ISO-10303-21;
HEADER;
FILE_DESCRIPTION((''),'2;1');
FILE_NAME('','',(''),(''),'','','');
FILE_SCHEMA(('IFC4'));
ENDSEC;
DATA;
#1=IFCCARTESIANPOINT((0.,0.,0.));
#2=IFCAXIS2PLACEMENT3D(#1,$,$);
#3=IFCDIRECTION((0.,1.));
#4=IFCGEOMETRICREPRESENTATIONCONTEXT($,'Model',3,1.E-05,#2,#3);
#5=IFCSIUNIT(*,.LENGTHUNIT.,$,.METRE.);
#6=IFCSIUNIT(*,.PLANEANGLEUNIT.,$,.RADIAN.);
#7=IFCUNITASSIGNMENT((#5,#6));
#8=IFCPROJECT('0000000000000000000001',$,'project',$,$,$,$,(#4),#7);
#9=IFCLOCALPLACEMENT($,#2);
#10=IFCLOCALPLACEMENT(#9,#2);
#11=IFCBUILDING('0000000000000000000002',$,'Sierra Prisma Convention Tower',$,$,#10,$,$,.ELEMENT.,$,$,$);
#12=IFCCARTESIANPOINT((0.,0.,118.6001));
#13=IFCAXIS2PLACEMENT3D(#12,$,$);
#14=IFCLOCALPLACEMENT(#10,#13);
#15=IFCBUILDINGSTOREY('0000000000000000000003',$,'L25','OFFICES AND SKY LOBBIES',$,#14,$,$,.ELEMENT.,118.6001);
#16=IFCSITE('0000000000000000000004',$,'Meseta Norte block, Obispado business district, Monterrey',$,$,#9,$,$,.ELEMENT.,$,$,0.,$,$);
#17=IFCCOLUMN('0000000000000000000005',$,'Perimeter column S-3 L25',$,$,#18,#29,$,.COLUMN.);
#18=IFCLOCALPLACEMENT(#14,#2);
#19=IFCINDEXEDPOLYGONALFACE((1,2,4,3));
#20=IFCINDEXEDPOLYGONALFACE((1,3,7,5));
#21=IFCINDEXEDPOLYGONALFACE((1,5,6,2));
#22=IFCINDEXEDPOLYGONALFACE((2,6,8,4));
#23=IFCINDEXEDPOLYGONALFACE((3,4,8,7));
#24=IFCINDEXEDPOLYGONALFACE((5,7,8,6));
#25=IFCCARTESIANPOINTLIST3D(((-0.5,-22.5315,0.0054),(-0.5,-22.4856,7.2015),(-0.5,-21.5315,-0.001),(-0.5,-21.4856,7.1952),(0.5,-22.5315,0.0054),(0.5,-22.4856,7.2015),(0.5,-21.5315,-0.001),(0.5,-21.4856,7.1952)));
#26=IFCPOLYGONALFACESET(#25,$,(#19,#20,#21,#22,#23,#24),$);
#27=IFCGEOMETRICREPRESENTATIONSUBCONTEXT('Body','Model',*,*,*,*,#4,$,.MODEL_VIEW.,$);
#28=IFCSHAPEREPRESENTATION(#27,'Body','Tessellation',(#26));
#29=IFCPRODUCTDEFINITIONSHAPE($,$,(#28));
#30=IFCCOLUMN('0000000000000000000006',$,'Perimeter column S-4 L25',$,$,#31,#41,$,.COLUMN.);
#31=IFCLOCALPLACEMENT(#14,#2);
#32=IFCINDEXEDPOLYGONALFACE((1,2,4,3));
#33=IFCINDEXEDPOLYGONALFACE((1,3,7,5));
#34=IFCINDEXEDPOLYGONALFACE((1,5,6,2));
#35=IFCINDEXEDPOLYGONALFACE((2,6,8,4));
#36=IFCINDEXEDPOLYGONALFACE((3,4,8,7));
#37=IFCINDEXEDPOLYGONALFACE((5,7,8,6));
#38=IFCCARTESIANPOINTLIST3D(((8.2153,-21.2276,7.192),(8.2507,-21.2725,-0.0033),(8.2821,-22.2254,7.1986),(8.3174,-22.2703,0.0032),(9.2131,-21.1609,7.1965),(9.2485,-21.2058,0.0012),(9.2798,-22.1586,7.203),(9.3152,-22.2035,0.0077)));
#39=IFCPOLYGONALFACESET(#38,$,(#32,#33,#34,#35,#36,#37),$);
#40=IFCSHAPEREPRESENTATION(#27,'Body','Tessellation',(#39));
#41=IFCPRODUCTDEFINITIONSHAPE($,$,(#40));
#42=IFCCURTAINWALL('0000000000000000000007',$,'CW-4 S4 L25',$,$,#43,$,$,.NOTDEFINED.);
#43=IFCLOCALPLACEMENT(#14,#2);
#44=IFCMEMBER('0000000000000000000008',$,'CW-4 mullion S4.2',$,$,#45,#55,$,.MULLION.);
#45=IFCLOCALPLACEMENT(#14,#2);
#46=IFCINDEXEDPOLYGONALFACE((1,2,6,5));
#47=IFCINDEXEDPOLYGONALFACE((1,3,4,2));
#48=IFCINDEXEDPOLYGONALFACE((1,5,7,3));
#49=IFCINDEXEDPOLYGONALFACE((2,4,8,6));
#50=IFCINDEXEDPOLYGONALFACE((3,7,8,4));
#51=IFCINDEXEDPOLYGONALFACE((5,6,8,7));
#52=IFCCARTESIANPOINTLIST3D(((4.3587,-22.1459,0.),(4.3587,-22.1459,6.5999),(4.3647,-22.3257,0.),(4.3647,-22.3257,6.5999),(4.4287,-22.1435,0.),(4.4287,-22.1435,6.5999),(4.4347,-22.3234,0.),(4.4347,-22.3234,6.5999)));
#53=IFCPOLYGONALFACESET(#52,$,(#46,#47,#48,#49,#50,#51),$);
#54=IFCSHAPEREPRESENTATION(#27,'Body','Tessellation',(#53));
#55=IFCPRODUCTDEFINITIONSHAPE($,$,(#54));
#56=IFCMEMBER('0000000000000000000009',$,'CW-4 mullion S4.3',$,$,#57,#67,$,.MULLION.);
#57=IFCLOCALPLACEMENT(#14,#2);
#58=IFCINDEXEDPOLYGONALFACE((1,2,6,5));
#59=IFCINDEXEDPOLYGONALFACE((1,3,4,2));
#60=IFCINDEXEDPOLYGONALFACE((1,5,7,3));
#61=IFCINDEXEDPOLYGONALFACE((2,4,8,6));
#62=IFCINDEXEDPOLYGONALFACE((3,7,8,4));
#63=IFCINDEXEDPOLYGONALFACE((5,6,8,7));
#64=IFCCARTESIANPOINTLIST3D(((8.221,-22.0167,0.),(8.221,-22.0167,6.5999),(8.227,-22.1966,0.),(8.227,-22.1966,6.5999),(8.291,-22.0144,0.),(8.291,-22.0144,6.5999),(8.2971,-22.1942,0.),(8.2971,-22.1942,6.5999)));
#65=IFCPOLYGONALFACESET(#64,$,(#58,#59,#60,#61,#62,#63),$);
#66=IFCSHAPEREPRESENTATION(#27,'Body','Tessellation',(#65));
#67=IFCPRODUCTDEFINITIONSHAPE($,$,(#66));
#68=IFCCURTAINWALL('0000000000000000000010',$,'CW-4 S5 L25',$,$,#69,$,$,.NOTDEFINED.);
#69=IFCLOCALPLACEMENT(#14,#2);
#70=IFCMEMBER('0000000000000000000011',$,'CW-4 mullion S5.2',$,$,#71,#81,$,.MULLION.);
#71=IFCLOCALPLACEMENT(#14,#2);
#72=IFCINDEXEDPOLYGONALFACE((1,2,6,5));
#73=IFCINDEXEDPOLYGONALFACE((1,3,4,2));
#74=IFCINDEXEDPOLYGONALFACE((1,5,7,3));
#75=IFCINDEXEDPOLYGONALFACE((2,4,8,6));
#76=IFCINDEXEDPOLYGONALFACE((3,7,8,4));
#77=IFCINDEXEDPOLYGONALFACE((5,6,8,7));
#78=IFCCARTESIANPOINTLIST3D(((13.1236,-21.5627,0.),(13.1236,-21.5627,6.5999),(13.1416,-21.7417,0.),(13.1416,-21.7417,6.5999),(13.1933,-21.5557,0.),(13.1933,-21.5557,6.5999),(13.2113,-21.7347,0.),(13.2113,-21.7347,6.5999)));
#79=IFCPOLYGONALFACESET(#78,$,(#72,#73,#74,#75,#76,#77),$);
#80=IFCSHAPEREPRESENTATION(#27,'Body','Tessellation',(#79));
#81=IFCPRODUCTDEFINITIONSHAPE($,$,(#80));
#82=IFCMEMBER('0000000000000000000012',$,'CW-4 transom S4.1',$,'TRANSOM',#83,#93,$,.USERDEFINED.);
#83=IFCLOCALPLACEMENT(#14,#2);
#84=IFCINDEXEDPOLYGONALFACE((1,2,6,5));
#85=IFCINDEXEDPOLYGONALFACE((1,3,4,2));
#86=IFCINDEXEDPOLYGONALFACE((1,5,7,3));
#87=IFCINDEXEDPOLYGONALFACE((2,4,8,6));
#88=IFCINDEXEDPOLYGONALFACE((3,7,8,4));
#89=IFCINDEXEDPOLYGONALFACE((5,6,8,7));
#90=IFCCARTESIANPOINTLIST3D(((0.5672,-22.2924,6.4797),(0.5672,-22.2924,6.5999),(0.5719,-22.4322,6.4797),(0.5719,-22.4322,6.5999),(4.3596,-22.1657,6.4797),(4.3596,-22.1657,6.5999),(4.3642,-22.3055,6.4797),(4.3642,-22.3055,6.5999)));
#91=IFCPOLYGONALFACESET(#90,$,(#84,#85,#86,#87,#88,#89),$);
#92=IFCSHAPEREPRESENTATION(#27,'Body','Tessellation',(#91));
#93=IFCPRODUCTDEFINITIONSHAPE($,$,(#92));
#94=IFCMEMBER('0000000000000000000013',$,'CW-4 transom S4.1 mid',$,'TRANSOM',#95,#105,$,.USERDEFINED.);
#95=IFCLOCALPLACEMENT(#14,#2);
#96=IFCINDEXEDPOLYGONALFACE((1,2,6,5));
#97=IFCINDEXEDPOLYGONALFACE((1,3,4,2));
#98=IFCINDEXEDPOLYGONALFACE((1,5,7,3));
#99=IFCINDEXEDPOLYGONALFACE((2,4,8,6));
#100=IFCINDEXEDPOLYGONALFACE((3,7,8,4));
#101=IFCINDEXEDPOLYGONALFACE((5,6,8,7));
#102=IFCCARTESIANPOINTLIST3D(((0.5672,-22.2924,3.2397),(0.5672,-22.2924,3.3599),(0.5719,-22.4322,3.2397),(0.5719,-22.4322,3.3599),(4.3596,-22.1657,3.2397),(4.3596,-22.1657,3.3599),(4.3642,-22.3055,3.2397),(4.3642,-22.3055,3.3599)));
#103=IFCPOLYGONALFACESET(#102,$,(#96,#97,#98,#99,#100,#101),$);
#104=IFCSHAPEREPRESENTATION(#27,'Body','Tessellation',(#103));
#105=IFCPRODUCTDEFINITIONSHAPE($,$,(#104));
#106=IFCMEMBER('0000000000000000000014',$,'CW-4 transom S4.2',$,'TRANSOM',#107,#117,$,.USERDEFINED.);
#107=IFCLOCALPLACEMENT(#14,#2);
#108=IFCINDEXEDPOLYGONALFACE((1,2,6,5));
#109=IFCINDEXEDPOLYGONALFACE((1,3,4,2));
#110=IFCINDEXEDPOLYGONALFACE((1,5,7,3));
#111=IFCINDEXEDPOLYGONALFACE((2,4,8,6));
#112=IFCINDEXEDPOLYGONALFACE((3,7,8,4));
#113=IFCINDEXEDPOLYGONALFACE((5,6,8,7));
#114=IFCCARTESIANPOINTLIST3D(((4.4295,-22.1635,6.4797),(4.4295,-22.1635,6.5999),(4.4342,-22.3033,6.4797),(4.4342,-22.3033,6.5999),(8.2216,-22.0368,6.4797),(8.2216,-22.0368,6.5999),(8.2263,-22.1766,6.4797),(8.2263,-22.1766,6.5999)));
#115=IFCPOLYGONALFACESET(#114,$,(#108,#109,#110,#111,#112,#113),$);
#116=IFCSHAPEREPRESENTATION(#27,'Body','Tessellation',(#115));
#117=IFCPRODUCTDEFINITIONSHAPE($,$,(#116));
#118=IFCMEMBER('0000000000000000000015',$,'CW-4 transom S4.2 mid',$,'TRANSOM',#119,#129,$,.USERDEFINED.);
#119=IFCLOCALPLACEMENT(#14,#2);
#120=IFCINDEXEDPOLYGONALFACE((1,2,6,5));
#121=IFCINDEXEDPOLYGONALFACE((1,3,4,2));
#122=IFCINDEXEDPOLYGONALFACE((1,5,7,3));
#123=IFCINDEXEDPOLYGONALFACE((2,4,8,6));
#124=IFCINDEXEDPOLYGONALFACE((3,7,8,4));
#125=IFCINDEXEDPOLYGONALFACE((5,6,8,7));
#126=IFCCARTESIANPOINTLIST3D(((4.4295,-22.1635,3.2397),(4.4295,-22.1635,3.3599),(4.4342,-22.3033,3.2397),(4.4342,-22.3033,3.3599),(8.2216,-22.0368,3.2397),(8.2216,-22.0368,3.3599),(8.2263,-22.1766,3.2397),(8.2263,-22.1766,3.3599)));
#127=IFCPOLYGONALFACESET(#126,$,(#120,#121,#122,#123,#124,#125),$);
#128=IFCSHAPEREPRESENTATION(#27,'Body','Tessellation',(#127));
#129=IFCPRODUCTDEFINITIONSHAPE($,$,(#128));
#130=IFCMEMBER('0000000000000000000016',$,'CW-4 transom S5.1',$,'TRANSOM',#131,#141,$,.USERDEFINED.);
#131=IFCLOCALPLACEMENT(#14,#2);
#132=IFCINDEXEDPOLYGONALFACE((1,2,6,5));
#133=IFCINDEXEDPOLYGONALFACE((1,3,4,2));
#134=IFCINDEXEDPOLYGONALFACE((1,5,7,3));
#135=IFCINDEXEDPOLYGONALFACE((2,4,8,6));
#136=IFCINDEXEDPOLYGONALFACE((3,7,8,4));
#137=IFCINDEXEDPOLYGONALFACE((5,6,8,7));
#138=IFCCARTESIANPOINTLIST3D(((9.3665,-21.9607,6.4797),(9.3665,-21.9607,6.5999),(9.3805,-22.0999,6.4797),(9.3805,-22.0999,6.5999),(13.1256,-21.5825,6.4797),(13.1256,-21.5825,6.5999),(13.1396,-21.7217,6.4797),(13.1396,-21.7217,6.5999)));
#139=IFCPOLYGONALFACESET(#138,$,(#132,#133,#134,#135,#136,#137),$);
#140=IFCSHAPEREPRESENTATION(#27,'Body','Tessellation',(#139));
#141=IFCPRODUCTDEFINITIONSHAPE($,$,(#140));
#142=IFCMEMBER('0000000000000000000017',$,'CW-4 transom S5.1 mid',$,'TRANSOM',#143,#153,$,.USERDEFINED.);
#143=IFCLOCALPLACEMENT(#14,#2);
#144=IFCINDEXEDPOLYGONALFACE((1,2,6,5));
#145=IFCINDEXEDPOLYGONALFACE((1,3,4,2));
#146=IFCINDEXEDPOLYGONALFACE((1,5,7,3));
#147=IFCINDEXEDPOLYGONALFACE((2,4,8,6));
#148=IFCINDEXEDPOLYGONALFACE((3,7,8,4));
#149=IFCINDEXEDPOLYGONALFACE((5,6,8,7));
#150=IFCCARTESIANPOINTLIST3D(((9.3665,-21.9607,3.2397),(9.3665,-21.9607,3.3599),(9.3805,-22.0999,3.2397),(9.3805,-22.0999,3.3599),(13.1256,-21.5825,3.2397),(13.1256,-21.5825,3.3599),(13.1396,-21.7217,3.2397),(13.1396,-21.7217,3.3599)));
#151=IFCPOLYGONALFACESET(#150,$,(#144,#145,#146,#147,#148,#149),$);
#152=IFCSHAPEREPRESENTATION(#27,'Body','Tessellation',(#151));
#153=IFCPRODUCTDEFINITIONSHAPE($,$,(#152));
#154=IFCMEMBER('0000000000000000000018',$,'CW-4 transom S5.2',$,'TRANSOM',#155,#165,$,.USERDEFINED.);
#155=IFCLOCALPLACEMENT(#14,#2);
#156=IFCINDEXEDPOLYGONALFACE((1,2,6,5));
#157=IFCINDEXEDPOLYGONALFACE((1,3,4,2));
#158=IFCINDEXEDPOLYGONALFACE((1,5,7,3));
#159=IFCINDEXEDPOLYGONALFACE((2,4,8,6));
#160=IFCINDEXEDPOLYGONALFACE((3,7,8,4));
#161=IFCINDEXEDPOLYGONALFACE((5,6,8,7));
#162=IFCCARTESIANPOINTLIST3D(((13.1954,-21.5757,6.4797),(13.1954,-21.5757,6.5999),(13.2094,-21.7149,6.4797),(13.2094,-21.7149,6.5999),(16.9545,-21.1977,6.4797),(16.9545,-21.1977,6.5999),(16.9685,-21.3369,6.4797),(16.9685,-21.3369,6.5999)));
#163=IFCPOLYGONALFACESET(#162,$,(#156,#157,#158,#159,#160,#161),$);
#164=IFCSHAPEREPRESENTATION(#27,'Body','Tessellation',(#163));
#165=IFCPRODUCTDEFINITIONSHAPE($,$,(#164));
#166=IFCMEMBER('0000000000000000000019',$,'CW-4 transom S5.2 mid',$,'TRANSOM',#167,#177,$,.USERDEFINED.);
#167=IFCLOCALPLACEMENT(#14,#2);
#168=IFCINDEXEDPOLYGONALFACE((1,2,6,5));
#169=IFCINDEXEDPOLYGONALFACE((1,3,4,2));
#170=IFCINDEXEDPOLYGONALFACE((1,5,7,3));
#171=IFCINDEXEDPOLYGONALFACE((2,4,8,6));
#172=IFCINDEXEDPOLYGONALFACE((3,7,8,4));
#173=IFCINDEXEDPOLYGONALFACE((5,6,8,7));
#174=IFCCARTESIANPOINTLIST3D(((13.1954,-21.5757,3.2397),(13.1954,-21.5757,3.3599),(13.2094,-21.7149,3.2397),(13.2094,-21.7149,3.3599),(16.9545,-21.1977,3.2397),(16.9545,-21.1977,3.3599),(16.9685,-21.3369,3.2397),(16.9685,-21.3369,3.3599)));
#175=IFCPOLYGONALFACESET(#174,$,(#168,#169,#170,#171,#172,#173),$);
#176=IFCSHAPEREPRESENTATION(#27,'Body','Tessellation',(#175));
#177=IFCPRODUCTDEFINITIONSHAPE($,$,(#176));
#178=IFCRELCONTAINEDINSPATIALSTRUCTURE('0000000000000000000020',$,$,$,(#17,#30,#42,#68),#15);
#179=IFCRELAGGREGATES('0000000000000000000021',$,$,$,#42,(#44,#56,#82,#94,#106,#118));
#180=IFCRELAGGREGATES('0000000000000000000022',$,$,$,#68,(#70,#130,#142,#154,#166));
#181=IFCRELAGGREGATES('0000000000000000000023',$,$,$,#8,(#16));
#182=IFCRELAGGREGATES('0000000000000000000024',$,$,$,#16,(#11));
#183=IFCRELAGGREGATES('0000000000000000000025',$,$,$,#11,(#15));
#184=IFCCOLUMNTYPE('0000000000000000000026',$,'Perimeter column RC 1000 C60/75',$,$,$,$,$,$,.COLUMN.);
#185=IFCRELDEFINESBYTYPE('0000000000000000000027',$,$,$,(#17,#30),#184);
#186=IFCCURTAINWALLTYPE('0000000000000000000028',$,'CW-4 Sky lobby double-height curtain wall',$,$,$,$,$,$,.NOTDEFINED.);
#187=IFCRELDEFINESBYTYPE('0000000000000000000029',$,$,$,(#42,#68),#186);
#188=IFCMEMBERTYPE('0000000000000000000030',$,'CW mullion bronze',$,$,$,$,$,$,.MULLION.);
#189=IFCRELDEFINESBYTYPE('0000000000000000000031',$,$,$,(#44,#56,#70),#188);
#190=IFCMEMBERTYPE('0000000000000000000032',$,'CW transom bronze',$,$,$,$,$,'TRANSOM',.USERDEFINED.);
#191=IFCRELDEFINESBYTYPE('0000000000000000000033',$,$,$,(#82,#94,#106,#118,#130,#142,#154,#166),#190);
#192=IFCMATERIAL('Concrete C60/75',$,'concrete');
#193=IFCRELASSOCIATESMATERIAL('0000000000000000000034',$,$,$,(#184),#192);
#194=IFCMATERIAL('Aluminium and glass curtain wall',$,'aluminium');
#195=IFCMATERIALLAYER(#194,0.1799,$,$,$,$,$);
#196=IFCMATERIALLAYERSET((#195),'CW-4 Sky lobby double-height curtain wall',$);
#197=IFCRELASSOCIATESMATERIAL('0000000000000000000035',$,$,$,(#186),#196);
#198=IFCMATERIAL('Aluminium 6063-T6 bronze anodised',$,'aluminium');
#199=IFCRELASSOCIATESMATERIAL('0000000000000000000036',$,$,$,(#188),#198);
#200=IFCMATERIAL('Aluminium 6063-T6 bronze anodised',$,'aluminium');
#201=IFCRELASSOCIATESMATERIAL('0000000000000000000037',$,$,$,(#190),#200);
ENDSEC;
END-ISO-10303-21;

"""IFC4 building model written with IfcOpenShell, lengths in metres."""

from ifc_helpers import new_model, si_unit, direction, frame, origin, origin_2d, place, context, subcontext, project, spatial, rectangle, extrude, clip, halfspace, material, layer, layer_set, material_profile, profile_set, type_object, element, aggregate, save


model = new_model("IFC4")

# Units and contexts
model_context = context("Model", 3, precision=1e-05, world=origin(), true_north=direction((0.0, 1.0)))
body_context = subcontext(model_context, "Body", "Model", "MODEL_VIEW")
ifc_project = project(units=[si_unit("LENGTHUNIT", "METRE"), si_unit("PLANEANGLEUNIT", "RADIAN")], contexts=[model_context])

# Site, building, storey
site_placement = place(None, origin())
site = spatial("IfcSite", under=ifc_project, at=site_placement, Name="Meseta Norte block, Obispado business district, Monterrey", CompositionType="ELEMENT", RefElevation=0.0)
building_placement = place(site_placement, origin())
building = spatial("IfcBuilding", under=site, at=building_placement, Name="Sierra Prisma Convention Tower", CompositionType="ELEMENT")
storey_placement = place(building_placement, frame((0.0, 0.0, 118.6001)))
storey = spatial("IfcBuildingStorey", under=building, at=storey_placement, Name="L25", Description="OFFICES AND SKY LOBBIES", CompositionType="ELEMENT", Elevation=118.6001)

# Columns
ifc_material_1 = material(Name="Concrete C60/75", Category="concrete")
ifc_material_profile_1 = material_profile(ifc_material_1, rectangle(XDim=1.0, YDim=1.0, at=origin_2d()), Name="Perimeter column RC 1000 C60/75")
ifc_profile_set_1 = profile_set([ifc_material_profile_1], Name="Concrete C60/75")
column_type = type_object("IfcColumnType", Name="Perimeter column RC 1000 C60/75", PredefinedType="COLUMN", material=ifc_profile_set_1)
column_1_placement = place(storey_placement, frame((0.0, -22.0315, 0.0), z_axis=(0.0, 0.006375, 0.99998), x_axis=(1.0, 0.0, 0.0)))
element("IfcColumn", 1, at=column_1_placement, inside=storey, type_object=column_type, Name="Perimeter column S-3 L25", PredefinedType="COLUMN", context=body_context, shape_type="SweptSolid", body=[
    clip(clip(extrude(rectangle(XDim=1.0, YDim=1.0, at=origin_2d()), origin(), (0.0, 0.0, 1.0), 7.2002), halfspace(frame((0.0, 0.0, 0.0022)), True)), halfspace(frame((0.0, 0.0, 7.1985)), False)),
])
column_2_placement = place(storey_placement, frame((8.783, -21.738, 0.0), z_axis=(-0.004917, 0.006239, 0.999968), x_axis=(0.997757, 0.066782, 0.004489)))
element("IfcColumn", 2, at=column_2_placement, inside=storey, type_object=column_type, Name="Perimeter column S-4 L25", PredefinedType="COLUMN", context=body_context, shape_type="SweptSolid", body=[
    clip(clip(extrude(rectangle(XDim=1.0, YDim=1.0, at=origin_2d()), origin(), (0.0, 0.0, 1.0), 7.2002), halfspace(frame((0.0, 0.0, 0.0022)), True)), halfspace(frame((0.0, 0.0, 7.1978)), False)),
])

# Curtain wall, members
ifc_material_2 = material(Name="Aluminium and glass curtain wall", Category="aluminium")
ifc_layer_1 = layer(ifc_material_2, 0.1799)
ifc_layer_set_1 = layer_set([ifc_layer_1], Name="CW-4 Sky lobby double-height curtain wall")
curtain_wall_type = type_object("IfcCurtainWallType", Name="CW-4 Sky lobby double-height curtain wall", PredefinedType="NOTDEFINED", material=ifc_layer_set_1)
curtain_wall_1_placement = place(storey_placement, origin())
curtain_wall_1 = element("IfcCurtainWall", 3, at=curtain_wall_1_placement, inside=storey, type_object=curtain_wall_type, Name="CW-4 S4 L25", PredefinedType="NOTDEFINED")
ifc_material_3 = material(Name="Aluminium 6063-T6 bronze anodised", Category="aluminium")
ifc_material_profile_2 = material_profile(ifc_material_3, rectangle(XDim=0.1799, YDim=0.0701, at=origin_2d()), Name="ALU MULLION 70x180")
ifc_profile_set_2 = profile_set([ifc_material_profile_2], Name="Aluminium 6063-T6 bronze anodised")
member_type_1 = type_object("IfcMemberType", Name="CW mullion bronze", PredefinedType="MULLION", material=ifc_profile_set_2)
member_1_placement = place(storey_placement, frame((4.3967, -22.2346, 0.0), z_axis=(0.0, 0.0, 1.0), x_axis=(-0.033395, 0.999442, 0.0)))
member_1 = element("IfcMember", 4, at=member_1_placement, type_object=member_type_1, Name="CW-4 mullion S4.2", PredefinedType="MULLION", context=body_context, shape_type="SweptSolid", body=[
    extrude(rectangle(XDim=0.1799, YDim=0.0701, at=origin_2d()), origin(), (0.0, 0.0, 1.0), 6.5999),
])
member_2_placement = place(storey_placement, frame((8.259, -22.1055, 0.0), z_axis=(0.0, 0.0, 1.0), x_axis=(-0.033395, 0.999442, 0.0)))
member_2 = element("IfcMember", 5, at=member_2_placement, type_object=member_type_1, Name="CW-4 mullion S4.3", PredefinedType="MULLION", context=body_context, shape_type="SweptSolid", body=[
    extrude(rectangle(XDim=0.1799, YDim=0.0701, at=origin_2d()), origin(), (0.0, 0.0, 1.0), 6.5999),
])

# Curtain wall, member
curtain_wall_2_placement = place(storey_placement, origin())
curtain_wall_2 = element("IfcCurtainWall", 6, at=curtain_wall_2_placement, inside=storey, type_object=curtain_wall_type, Name="CW-4 S5 L25", PredefinedType="NOTDEFINED")
member_3_placement = place(storey_placement, frame((13.1675, -21.6487, 0.0), z_axis=(0.0, 0.0, 1.0), x_axis=(-0.100037, 0.994984, 0.0)))
member_3 = element("IfcMember", 7, at=member_3_placement, type_object=member_type_1, Name="CW-4 mullion S5.2", PredefinedType="MULLION", context=body_context, shape_type="SweptSolid", body=[
    extrude(rectangle(XDim=0.1799, YDim=0.0701, at=origin_2d()), origin(), (0.0, 0.0, 1.0), 6.5999),
])

# Members
ifc_material_4 = material(Name="Aluminium 6063-T6 bronze anodised", Category="aluminium")
ifc_material_profile_3 = material_profile(ifc_material_4, rectangle(XDim=0.1399, YDim=0.1201, at=origin_2d()), Name="ALU TRANSOM 120x140")
ifc_profile_set_3 = profile_set([ifc_material_profile_3], Name="Aluminium 6063-T6 bronze anodised")
member_type_2 = type_object("IfcMemberType", Name="CW transom bronze", ElementType="TRANSOM", PredefinedType="USERDEFINED", material=ifc_profile_set_3)
member_4_placement = place(storey_placement, frame((0.5696, -22.3623, 6.5398), z_axis=(0.999442, 0.033394, 0.0), x_axis=(-0.033394, 0.999442, 0.0)))
member_4 = element("IfcMember", 8, at=member_4_placement, type_object=member_type_2, Name="CW-4 transom S4.1", ObjectType="TRANSOM", PredefinedType="USERDEFINED", context=body_context, shape_type="SweptSolid", body=[
    extrude(rectangle(XDim=0.1399, YDim=0.1201, at=origin_2d()), origin(), (0.0, 0.0, 1.0), 3.7944),
])
member_5_placement = place(storey_placement, frame((0.5696, -22.3623, 3.2998), z_axis=(0.999442, 0.033394, 0.0), x_axis=(-0.033394, 0.999442, 0.0)))
member_5 = element("IfcMember", 9, at=member_5_placement, type_object=member_type_2, Name="CW-4 transom S4.1 mid", ObjectType="TRANSOM", PredefinedType="USERDEFINED", context=body_context, shape_type="SweptSolid", body=[
    extrude(rectangle(XDim=0.1399, YDim=0.1201, at=origin_2d()), origin(), (0.0, 0.0, 1.0), 3.7944),
])
member_6_placement = place(storey_placement, frame((4.4319, -22.2334, 6.5398), z_axis=(0.999442, 0.033396, 0.0), x_axis=(-0.033396, 0.999442, 0.0)))
member_6 = element("IfcMember", 10, at=member_6_placement, type_object=member_type_2, Name="CW-4 transom S4.2", ObjectType="TRANSOM", PredefinedType="USERDEFINED", context=body_context, shape_type="SweptSolid", body=[
    extrude(rectangle(XDim=0.1399, YDim=0.1201, at=origin_2d()), origin(), (0.0, 0.0, 1.0), 3.7942),
])
member_7_placement = place(storey_placement, frame((4.4319, -22.2334, 3.2998), z_axis=(0.999442, 0.033396, 0.0), x_axis=(-0.033396, 0.999442, 0.0)))
member_7 = element("IfcMember", 11, at=member_7_placement, type_object=member_type_2, Name="CW-4 transom S4.2 mid", ObjectType="TRANSOM", PredefinedType="USERDEFINED", context=body_context, shape_type="SweptSolid", body=[
    extrude(rectangle(XDim=0.1399, YDim=0.1201, at=origin_2d()), origin(), (0.0, 0.0, 1.0), 3.7942),
])
member_8_placement = place(storey_placement, frame((9.3735, -22.0303, 6.5398), z_axis=(0.994978, 0.100099, 0.0), x_axis=(-0.100099, 0.994978, 0.0)))
member_8 = element("IfcMember", 12, at=member_8_placement, type_object=member_type_2, Name="CW-4 transom S5.1", ObjectType="TRANSOM", PredefinedType="USERDEFINED", context=body_context, shape_type="SweptSolid", body=[
    extrude(rectangle(XDim=0.1399, YDim=0.1201, at=origin_2d()), origin(), (0.0, 0.0, 1.0), 3.7781),
])
member_9_placement = place(storey_placement, frame((9.3735, -22.0303, 3.2998), z_axis=(0.994978, 0.100099, 0.0), x_axis=(-0.100099, 0.994978, 0.0)))
member_9 = element("IfcMember", 13, at=member_9_placement, type_object=member_type_2, Name="CW-4 transom S5.1 mid", ObjectType="TRANSOM", PredefinedType="USERDEFINED", context=body_context, shape_type="SweptSolid", body=[
    extrude(rectangle(XDim=0.1399, YDim=0.1201, at=origin_2d()), origin(), (0.0, 0.0, 1.0), 3.7781),
])
member_10_placement = place(storey_placement, frame((13.2024, -21.6453, 6.5398), z_axis=(0.994984, 0.100035, 0.0), x_axis=(-0.100035, 0.994984, 0.0)))
member_10 = element("IfcMember", 14, at=member_10_placement, type_object=member_type_2, Name="CW-4 transom S5.2", ObjectType="TRANSOM", PredefinedType="USERDEFINED", context=body_context, shape_type="SweptSolid", body=[
    extrude(rectangle(XDim=0.1399, YDim=0.1201, at=origin_2d()), origin(), (0.0, 0.0, 1.0), 3.7781),
])
member_11_placement = place(storey_placement, frame((13.2024, -21.6453, 3.2998), z_axis=(0.994984, 0.100035, 0.0), x_axis=(-0.100035, 0.994984, 0.0)))
member_11 = element("IfcMember", 15, at=member_11_placement, type_object=member_type_2, Name="CW-4 transom S5.2 mid", ObjectType="TRANSOM", PredefinedType="USERDEFINED", context=body_context, shape_type="SweptSolid", body=[
    extrude(rectangle(XDim=0.1399, YDim=0.1201, at=origin_2d()), origin(), (0.0, 0.0, 1.0), 3.7781),
])

aggregate(curtain_wall_1, [member_1, member_2, member_4, member_5, member_6, member_7])
aggregate(curtain_wall_2, [member_3, member_8, member_9, member_10, member_11])

save(model, "model.ifc")
